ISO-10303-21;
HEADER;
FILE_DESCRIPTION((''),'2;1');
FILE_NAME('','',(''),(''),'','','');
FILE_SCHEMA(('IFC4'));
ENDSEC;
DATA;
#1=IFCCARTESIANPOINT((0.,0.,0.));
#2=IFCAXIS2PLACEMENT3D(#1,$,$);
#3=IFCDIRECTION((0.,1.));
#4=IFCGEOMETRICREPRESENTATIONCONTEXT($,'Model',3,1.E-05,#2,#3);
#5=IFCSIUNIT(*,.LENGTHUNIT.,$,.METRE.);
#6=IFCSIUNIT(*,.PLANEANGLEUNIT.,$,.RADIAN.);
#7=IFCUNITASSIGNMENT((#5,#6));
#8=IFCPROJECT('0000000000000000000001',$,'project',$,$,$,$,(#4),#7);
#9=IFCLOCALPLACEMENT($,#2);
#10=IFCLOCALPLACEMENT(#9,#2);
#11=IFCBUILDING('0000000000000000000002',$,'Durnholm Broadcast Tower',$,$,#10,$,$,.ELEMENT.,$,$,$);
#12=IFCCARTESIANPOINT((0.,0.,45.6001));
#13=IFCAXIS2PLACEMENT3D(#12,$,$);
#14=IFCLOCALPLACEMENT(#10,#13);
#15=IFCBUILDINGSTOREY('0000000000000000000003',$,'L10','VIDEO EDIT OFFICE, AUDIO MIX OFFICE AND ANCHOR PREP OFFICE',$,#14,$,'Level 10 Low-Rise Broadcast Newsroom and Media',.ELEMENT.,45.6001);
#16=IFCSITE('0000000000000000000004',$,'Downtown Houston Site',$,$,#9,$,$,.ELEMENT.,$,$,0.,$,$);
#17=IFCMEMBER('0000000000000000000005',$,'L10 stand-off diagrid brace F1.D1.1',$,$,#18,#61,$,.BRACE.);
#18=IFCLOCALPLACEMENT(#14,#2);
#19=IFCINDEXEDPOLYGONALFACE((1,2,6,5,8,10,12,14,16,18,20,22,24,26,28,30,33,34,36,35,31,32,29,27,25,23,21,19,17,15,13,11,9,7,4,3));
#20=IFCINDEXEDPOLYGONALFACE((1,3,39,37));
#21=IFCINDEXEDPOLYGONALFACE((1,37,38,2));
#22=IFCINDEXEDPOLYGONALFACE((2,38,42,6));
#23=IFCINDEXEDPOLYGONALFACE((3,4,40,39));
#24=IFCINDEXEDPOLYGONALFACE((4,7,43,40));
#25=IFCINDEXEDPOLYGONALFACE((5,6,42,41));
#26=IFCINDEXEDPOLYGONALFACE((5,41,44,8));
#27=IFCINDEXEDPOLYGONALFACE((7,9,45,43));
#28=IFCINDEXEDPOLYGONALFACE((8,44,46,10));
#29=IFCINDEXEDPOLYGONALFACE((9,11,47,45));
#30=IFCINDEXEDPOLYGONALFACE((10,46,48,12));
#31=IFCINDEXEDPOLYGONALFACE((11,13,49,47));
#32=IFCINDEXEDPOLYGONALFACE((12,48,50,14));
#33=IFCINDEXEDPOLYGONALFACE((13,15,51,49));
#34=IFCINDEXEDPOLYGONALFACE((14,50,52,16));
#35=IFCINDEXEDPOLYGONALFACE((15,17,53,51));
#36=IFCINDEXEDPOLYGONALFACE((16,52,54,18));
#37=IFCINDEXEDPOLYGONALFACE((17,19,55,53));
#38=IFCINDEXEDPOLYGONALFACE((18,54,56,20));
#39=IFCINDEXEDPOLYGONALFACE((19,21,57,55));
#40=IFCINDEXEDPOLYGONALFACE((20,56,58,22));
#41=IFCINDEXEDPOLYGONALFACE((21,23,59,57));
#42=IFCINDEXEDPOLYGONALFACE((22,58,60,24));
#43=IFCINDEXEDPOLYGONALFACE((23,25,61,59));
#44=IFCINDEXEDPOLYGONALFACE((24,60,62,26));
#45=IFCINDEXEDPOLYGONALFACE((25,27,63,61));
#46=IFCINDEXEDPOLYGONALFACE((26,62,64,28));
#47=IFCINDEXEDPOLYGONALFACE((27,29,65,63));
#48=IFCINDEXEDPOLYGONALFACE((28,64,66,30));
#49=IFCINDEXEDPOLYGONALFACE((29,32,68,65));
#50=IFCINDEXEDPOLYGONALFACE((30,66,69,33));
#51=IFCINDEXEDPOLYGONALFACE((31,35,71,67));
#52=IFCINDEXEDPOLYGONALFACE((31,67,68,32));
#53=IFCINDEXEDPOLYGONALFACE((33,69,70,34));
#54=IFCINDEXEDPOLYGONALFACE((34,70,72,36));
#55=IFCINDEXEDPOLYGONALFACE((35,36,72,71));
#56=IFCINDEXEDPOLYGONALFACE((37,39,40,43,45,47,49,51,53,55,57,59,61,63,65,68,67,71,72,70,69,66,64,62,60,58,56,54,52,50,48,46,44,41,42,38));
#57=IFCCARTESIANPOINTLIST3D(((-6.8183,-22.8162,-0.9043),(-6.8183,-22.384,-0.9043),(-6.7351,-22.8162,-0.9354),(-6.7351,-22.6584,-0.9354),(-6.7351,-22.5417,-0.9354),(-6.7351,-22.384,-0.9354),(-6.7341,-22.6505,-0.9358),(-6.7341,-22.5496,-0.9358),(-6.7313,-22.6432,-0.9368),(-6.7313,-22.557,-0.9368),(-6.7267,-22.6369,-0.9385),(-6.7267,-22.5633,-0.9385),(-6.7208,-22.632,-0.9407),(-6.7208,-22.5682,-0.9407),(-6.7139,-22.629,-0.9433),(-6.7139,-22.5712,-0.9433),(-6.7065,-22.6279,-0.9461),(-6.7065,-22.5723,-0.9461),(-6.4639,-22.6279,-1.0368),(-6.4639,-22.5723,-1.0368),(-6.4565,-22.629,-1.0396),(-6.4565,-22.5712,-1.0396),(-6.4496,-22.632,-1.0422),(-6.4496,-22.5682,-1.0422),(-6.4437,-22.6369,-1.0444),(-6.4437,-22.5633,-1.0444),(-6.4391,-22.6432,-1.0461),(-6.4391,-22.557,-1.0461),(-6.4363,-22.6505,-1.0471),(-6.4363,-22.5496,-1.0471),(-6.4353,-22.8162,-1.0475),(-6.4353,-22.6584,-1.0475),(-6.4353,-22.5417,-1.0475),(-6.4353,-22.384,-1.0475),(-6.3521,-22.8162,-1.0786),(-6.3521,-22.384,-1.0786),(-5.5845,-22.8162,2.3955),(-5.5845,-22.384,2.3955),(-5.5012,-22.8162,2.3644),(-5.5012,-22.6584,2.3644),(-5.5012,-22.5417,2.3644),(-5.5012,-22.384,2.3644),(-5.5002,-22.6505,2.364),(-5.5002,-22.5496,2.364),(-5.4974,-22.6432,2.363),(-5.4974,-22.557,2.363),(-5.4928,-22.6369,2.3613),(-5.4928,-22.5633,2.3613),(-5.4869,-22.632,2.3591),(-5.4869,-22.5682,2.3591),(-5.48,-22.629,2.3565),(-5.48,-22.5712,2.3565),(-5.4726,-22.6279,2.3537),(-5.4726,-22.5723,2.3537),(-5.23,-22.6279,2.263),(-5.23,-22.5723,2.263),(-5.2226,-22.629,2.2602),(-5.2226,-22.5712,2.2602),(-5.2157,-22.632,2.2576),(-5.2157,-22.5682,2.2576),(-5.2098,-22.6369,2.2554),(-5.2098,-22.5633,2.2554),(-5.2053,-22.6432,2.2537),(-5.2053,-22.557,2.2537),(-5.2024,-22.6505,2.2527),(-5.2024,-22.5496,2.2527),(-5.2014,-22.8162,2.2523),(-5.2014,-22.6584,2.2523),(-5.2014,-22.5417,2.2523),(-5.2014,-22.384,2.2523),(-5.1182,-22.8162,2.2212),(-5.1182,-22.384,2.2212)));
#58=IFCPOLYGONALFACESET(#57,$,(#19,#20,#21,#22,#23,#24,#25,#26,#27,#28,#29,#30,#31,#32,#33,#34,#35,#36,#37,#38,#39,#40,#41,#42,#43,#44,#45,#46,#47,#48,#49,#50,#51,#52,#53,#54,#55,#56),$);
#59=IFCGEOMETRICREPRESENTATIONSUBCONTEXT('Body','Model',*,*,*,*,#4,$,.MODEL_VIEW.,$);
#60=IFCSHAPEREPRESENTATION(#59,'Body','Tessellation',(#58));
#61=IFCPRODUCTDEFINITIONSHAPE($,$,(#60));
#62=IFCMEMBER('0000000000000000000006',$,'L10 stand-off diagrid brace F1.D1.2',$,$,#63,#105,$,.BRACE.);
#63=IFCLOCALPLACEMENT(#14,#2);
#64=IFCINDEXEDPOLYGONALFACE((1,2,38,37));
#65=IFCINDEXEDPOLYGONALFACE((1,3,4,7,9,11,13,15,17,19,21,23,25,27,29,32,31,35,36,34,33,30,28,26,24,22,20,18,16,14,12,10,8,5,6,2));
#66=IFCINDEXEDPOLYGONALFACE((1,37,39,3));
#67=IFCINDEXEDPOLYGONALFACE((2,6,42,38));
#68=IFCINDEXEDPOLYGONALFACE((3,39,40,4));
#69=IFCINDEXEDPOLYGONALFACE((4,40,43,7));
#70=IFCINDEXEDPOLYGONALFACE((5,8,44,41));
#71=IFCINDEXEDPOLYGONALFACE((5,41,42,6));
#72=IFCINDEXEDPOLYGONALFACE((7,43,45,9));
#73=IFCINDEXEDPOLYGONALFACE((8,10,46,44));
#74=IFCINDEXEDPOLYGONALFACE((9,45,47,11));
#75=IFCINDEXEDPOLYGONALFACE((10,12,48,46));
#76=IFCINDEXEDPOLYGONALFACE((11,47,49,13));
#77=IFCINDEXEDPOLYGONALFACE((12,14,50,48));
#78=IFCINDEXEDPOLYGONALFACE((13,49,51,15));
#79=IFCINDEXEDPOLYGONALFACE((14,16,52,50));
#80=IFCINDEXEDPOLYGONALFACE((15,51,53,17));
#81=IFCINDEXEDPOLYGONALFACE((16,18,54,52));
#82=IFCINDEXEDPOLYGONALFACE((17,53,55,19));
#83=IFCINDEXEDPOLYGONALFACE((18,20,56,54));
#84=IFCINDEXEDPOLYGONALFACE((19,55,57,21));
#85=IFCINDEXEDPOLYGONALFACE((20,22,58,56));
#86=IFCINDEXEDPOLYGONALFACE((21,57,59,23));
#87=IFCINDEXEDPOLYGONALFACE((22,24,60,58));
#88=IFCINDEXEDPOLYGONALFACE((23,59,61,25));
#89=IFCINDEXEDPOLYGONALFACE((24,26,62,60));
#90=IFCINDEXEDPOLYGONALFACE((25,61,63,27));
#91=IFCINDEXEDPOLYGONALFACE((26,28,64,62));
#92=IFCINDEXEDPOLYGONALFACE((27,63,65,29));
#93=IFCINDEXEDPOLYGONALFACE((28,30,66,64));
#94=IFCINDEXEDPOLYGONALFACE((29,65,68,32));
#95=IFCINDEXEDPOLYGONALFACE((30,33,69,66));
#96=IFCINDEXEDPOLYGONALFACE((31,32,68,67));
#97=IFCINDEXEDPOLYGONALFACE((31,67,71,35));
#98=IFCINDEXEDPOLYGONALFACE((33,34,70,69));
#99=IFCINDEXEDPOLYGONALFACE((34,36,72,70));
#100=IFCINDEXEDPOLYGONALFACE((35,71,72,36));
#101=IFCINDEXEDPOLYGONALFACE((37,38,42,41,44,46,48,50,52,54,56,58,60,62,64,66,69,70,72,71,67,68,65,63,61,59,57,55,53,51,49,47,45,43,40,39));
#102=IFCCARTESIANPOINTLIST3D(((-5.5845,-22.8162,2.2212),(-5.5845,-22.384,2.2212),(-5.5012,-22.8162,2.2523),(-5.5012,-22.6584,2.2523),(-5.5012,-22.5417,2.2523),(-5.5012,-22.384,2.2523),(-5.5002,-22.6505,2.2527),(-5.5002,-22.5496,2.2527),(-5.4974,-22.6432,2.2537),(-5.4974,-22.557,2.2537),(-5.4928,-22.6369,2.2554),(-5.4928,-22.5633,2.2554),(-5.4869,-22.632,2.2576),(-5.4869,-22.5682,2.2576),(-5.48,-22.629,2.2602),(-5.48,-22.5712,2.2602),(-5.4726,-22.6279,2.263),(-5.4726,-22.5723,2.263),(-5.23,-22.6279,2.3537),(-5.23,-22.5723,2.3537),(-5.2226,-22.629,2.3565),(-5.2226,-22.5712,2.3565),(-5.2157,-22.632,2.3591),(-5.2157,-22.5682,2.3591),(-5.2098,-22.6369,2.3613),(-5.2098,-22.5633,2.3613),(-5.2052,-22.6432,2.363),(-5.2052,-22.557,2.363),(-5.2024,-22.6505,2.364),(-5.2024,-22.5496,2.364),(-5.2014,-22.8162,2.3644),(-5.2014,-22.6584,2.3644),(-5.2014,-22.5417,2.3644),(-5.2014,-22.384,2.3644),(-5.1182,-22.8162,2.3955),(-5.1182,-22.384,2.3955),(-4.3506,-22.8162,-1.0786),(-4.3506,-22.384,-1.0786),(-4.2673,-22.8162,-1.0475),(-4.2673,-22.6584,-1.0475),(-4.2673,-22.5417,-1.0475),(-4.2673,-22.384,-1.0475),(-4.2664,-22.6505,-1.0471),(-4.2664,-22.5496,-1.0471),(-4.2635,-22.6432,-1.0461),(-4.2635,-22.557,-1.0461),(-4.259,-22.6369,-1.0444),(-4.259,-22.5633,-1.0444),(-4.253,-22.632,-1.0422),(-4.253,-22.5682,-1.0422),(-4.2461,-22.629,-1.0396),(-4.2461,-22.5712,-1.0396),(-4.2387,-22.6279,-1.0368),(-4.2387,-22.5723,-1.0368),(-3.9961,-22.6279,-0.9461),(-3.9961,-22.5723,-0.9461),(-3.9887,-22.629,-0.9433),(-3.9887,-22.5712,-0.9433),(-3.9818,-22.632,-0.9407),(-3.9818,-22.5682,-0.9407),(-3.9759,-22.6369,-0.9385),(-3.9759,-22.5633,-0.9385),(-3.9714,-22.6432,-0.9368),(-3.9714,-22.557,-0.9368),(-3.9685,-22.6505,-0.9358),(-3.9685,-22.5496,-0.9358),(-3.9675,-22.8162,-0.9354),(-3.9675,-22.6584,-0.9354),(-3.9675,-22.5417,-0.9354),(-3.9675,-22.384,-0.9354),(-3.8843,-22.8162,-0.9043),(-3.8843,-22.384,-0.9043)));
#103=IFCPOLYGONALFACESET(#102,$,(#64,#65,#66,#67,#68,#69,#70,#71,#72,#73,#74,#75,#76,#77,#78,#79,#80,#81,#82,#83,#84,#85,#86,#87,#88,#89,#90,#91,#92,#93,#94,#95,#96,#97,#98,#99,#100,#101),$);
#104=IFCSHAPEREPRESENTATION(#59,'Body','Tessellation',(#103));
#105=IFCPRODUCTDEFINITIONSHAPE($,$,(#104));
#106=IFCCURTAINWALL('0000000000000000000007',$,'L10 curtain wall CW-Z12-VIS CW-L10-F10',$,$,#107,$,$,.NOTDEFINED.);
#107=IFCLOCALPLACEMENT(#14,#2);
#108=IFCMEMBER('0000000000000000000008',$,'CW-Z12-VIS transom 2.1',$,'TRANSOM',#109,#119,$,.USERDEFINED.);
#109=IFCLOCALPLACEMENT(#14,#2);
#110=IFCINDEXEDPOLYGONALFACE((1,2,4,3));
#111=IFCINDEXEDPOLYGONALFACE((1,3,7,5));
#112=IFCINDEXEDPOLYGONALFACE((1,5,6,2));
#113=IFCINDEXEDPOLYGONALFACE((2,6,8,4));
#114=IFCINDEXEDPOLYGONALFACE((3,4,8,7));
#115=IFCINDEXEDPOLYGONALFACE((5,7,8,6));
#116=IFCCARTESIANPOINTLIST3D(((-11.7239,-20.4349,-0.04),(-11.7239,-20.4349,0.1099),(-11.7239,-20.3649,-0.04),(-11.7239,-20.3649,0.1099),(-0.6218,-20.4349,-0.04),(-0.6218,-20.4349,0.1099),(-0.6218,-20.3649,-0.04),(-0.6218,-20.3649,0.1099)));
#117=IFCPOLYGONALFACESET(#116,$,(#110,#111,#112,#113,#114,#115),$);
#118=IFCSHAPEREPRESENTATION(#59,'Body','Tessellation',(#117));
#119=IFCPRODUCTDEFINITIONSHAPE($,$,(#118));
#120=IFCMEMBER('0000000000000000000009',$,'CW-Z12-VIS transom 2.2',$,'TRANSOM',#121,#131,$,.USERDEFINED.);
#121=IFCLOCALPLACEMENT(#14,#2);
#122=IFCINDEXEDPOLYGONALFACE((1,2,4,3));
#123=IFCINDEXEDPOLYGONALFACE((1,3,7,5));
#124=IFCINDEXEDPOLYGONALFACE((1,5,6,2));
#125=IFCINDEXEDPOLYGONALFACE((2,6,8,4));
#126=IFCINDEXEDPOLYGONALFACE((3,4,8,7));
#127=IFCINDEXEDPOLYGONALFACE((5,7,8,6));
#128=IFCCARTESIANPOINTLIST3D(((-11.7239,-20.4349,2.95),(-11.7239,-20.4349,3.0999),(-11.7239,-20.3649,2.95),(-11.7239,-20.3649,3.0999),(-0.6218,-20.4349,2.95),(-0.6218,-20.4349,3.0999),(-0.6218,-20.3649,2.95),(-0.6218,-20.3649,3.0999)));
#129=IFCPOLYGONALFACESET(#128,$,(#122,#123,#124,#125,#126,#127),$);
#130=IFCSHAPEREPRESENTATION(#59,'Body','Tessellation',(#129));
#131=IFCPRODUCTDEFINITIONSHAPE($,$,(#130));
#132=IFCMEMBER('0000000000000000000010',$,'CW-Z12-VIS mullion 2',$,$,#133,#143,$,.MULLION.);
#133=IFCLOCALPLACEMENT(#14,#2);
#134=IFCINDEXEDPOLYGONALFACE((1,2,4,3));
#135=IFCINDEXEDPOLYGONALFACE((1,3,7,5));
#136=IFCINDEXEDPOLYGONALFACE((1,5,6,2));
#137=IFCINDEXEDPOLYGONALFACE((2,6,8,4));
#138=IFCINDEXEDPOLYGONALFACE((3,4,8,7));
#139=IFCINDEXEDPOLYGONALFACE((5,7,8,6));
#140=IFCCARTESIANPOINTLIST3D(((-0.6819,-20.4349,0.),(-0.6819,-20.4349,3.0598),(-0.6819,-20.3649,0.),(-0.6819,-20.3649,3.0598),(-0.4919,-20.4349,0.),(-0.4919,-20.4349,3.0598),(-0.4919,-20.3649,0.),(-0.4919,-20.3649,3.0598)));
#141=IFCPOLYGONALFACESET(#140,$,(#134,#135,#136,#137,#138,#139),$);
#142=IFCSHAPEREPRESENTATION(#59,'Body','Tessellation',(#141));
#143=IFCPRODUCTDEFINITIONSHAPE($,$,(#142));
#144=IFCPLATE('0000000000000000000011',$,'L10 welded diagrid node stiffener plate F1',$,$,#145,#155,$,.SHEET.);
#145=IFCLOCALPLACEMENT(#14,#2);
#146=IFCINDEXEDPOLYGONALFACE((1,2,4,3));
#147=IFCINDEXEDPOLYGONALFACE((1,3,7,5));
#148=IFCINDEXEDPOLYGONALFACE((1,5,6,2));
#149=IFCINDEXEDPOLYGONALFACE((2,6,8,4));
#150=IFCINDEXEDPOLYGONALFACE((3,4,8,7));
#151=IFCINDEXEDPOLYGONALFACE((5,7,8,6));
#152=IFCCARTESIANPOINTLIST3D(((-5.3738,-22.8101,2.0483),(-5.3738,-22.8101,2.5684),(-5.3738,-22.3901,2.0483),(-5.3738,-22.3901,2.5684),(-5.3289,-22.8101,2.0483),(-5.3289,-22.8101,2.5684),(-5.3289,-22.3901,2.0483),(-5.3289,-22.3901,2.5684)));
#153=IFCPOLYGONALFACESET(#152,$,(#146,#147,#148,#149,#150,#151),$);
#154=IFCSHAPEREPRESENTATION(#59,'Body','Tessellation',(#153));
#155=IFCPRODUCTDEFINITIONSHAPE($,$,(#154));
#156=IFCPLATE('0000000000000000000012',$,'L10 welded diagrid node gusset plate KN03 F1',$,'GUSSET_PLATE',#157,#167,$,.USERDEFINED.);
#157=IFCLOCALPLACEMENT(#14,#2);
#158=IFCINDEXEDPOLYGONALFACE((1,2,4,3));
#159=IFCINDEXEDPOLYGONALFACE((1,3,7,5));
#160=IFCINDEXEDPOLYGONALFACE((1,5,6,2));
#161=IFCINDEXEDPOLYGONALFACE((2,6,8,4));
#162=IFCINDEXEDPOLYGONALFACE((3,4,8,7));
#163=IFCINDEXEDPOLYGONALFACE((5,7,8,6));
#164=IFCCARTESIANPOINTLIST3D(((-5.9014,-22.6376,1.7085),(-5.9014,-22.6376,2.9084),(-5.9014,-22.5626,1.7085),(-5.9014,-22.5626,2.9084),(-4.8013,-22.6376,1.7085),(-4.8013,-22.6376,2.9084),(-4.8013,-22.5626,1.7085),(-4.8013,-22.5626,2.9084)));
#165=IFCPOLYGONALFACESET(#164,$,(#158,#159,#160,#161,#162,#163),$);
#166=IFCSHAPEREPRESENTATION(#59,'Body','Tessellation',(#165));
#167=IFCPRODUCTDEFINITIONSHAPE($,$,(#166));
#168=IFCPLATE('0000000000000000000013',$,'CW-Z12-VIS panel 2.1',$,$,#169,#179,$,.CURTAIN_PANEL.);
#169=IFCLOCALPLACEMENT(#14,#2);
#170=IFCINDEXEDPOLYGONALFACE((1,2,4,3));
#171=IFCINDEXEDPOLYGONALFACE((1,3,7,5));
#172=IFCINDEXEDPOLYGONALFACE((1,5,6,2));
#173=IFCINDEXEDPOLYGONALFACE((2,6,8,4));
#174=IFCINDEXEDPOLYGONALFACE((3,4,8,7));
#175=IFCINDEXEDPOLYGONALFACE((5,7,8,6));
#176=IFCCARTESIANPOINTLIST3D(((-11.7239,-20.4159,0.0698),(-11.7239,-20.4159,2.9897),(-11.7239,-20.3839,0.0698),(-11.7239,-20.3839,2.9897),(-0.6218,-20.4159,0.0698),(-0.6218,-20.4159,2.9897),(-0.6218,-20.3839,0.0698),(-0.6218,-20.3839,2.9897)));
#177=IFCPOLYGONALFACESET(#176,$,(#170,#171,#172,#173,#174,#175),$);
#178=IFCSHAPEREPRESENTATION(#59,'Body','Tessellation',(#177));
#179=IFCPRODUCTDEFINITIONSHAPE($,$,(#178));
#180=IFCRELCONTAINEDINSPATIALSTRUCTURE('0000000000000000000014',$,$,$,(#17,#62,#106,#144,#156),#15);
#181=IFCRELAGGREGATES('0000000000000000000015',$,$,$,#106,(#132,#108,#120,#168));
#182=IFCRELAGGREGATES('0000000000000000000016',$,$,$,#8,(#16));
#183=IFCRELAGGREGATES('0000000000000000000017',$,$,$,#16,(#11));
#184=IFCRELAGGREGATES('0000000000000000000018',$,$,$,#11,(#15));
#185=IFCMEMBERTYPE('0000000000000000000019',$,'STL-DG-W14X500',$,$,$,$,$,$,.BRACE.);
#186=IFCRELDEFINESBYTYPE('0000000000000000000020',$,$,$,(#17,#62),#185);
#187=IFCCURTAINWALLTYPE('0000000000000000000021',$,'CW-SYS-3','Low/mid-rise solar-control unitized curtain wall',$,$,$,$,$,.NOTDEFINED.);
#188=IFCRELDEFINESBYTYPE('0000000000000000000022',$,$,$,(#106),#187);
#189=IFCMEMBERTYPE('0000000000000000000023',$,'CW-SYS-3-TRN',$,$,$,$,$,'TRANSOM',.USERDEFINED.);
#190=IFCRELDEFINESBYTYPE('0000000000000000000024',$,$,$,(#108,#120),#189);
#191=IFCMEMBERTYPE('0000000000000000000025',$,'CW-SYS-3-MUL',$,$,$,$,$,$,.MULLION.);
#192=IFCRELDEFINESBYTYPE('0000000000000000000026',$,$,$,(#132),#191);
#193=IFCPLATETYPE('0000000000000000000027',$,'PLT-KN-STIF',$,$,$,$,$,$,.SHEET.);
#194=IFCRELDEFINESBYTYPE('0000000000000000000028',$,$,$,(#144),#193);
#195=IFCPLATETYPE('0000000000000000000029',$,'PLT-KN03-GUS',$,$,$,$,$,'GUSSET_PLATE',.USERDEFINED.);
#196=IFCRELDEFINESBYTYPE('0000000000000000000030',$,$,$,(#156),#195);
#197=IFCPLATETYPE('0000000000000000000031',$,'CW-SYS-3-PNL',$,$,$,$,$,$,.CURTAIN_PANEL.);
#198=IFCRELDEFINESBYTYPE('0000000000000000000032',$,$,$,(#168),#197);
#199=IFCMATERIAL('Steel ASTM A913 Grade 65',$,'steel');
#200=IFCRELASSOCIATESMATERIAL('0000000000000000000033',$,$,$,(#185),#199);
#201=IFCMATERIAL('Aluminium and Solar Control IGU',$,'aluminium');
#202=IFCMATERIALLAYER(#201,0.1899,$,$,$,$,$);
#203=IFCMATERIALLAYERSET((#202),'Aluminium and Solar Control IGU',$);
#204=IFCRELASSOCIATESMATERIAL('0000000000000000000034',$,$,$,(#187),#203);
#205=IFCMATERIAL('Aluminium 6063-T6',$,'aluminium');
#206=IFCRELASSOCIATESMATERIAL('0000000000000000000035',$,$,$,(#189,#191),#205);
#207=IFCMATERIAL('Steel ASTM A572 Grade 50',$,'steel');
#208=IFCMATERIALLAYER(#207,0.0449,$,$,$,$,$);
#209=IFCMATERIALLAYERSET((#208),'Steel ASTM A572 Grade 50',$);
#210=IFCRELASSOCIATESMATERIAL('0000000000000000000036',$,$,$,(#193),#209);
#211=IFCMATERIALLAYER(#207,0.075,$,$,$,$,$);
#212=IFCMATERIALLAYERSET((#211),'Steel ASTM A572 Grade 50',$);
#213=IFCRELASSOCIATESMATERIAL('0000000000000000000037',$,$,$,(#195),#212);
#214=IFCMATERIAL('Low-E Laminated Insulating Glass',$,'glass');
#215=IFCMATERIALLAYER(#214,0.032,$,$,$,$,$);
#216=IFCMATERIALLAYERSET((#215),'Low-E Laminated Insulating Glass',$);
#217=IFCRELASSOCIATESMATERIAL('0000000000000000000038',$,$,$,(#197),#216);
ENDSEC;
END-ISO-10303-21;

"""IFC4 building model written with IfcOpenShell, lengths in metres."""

from ifc_helpers import new_model, si_unit, direction, frame, origin, origin_2d, place, context, subcontext, project, spatial, rectangle, i_section, extrude, source, transform, mapped, material, layer, layer_set, material_profile, profile_set, type_object, type_shapes, element, aggregate, save


model = new_model("IFC4")

# Units and contexts
model_context = context("Model", 3, precision=1e-05, world=origin(), true_north=direction((0.0, 1.0)))
body_context = subcontext(model_context, "Body", "Model", "MODEL_VIEW")
ifc_project = project(units=[si_unit("LENGTHUNIT", "METRE"), si_unit("PLANEANGLEUNIT", "RADIAN")], contexts=[model_context])

# Site, building, storey
site_placement = place(None, origin())
site = spatial("IfcSite", under=ifc_project, at=site_placement, Name="Downtown Houston Site", CompositionType="ELEMENT", RefElevation=0.0)
building_placement = place(site_placement, origin())
building = spatial("IfcBuilding", under=site, at=building_placement, Name="Durnholm Broadcast Tower", CompositionType="ELEMENT")
storey_placement = place(building_placement, frame((0.0, 0.0, 45.6001)))
storey = spatial("IfcBuildingStorey", under=building, at=storey_placement, Name="L10", Description="VIDEO EDIT OFFICE, AUDIO MIX OFFICE AND ANCHOR PREP OFFICE", LongName="Level 10 Low-Rise Broadcast Newsroom and Media", CompositionType="ELEMENT", Elevation=45.6001)

# Members
ifc_material_1 = material(Name="Steel ASTM A913 Grade 65", Category="steel")
ifc_material_profile_1 = material_profile(ifc_material_1, i_section(OverallWidth=0.4321, OverallDepth=0.4978, WebThickness=0.0557, FlangeThickness=0.0889, FilletRadius=0.0305, at=origin_2d()), Name="W14X500")
ifc_profile_set_1 = profile_set([ifc_material_profile_1], Name="Steel ASTM A913 Grade 65")
member_type_1 = type_object("IfcMemberType", Name="STL-DG-W14X500", PredefinedType="BRACE", material=ifc_profile_set_1)
shared_shape_1 = source(origin(), body_context, "Body", "SweptSolid", [
    extrude(i_section(OverallWidth=0.4321, OverallDepth=0.4978, WebThickness=0.0557, FlangeThickness=0.0889, FilletRadius=0.0305, at=origin_2d()), origin(), (0.0, 0.0, 1.0), 3.5229),
])
type_shapes(member_type_1, [shared_shape_1])
for number, where, z_axis, x_axis, name in (
    (1, (-6.5852, -22.6001, -0.9915), (0.350242, 0.0, 0.936659), (0.0, 1.0, 0.0), "L10 stand-off diagrid brace F1.D1.1"),
    (2, (-4.1174, -22.6001, -0.9915), (-0.350242, 0.0, 0.936659), (0.0, -1.0, 0.0), "L10 stand-off diagrid brace F1.D1.2"),
):
    element("IfcMember", number, at=place(storey_placement, frame(where, z_axis=z_axis, x_axis=x_axis)), inside=storey, type_object=member_type_1, Name=name, PredefinedType="BRACE", context=body_context, shape_type="MappedRepresentation", body=[
        mapped(shared_shape_1, transform((0.0, 0.0, 0.0), x_axis=(1.0, 0.0, 0.0), y_axis=(0.0, 1.0, 0.0), z_axis=(0.0, 0.0, 1.0), scale=1.0)),
    ])

# Curtain wall, members
ifc_material_2 = material(Name="Aluminium and Solar Control IGU", Category="aluminium")
ifc_layer_1 = layer(ifc_material_2, 0.1899)
ifc_layer_set_1 = layer_set([ifc_layer_1], Name="Aluminium and Solar Control IGU")
curtain_wall_type = type_object("IfcCurtainWallType", Name="CW-SYS-3", Description="Low/mid-rise solar-control unitized curtain wall", PredefinedType="NOTDEFINED", material=ifc_layer_set_1)
curtain_wall_placement = place(storey_placement, origin())
curtain_wall = element("IfcCurtainWall", 3, at=curtain_wall_placement, inside=storey, type_object=curtain_wall_type, Name="L10 curtain wall CW-Z12-VIS CW-L10-F10", PredefinedType="NOTDEFINED")
ifc_material_3 = material(Name="Aluminium 6063-T6", Category="aluminium")
ifc_material_profile_2 = material_profile(ifc_material_3, rectangle(XDim=0.0701, YDim=0.1499, at=origin_2d()), Name="CWT70X150")
ifc_profile_set_2 = profile_set([ifc_material_profile_2], Name="Aluminium 6063-T6")
member_type_2 = type_object("IfcMemberType", Name="CW-SYS-3-TRN", ElementType="TRANSOM", PredefinedType="USERDEFINED", material=ifc_profile_set_2)
shared_shape_2 = source(origin(), body_context, "Body", "SweptSolid", [
    extrude(rectangle(XDim=0.0701, YDim=0.1499, at=origin_2d()), origin(), (0.0, 0.0, 1.0), 11.1021),
])
type_shapes(member_type_2, [shared_shape_2])
member_1_placement = place(storey_placement, frame((-0.6218, -20.3999, 0.0349), z_axis=(-1.0, 0.0, 0.0), x_axis=(0.0, -1.0, 0.0)))
member_1 = element("IfcMember", 4, at=member_1_placement, type_object=member_type_2, Name="CW-Z12-VIS transom 2.1", ObjectType="TRANSOM", PredefinedType="USERDEFINED", context=body_context, shape_type="MappedRepresentation", body=[
    mapped(shared_shape_2, transform((0.0, 0.0, 0.0), x_axis=(1.0, 0.0, 0.0), y_axis=(0.0, 1.0, 0.0), z_axis=(0.0, 0.0, 1.0), scale=1.0)),
])
member_2_placement = place(storey_placement, frame((-0.6218, -20.3999, 3.0249), z_axis=(-1.0, 0.0, 0.0), x_axis=(0.0, -1.0, 0.0)))
member_2 = element("IfcMember", 5, at=member_2_placement, type_object=member_type_2, Name="CW-Z12-VIS transom 2.2", ObjectType="TRANSOM", PredefinedType="USERDEFINED", context=body_context, shape_type="MappedRepresentation", body=[
    mapped(shared_shape_2, transform((0.0, 0.0, 0.0), x_axis=(1.0, 0.0, 0.0), y_axis=(0.0, 1.0, 0.0), z_axis=(0.0, 0.0, 1.0), scale=1.0)),
])
ifc_material_profile_3 = material_profile(ifc_material_3, rectangle(XDim=0.0701, YDim=0.1899, at=origin_2d()), Name="CWM70X190")
ifc_profile_set_3 = profile_set([ifc_material_profile_3], Name="Aluminium 6063-T6")
member_type_3 = type_object("IfcMemberType", Name="CW-SYS-3-MUL", PredefinedType="MULLION", material=ifc_profile_set_3)
shared_shape_3 = source(origin(), body_context, "Body", "SweptSolid", [
    extrude(rectangle(XDim=0.0701, YDim=0.1899, at=origin_2d()), origin(), (0.0, 0.0, 1.0), 3.0598),
])
type_shapes(member_type_3, [shared_shape_3])
member_3_placement = place(storey_placement, frame((-0.5869, -20.3999, 0.0), z_axis=(0.0, 0.0, 1.0), x_axis=(0.0, -1.0, 0.0)))
member_3 = element("IfcMember", 6, at=member_3_placement, type_object=member_type_3, Name="CW-Z12-VIS mullion 2", PredefinedType="MULLION", context=body_context, shape_type="MappedRepresentation", body=[
    mapped(shared_shape_3, transform((0.0, 0.0, 0.0), x_axis=(1.0, 0.0, 0.0), y_axis=(0.0, 1.0, 0.0), z_axis=(0.0, 0.0, 1.0), scale=1.0)),
])

# Plates
ifc_material_4 = material(Name="Steel ASTM A572 Grade 50", Category="steel")
ifc_layer_2 = layer(ifc_material_4, 0.0449)
ifc_layer_set_2 = layer_set([ifc_layer_2], Name="Steel ASTM A572 Grade 50")
plate_type_1 = type_object("IfcPlateType", Name="PLT-KN-STIF", PredefinedType="SHEET", material=ifc_layer_set_2)
shared_shape_4 = source(origin(), body_context, "Body", "SweptSolid", [
    extrude(rectangle(XDim=0.0449, YDim=0.4199, at=origin_2d()), origin(), (0.0, 0.0, 1.0), 0.52),
])
type_shapes(plate_type_1, [shared_shape_4])
plate_1_placement = place(storey_placement, frame((-5.3513, -22.6001, 2.0483), z_axis=(0.0, 0.0, 1.0), x_axis=(1.0, 0.0, 0.0)))
element("IfcPlate", 7, at=plate_1_placement, inside=storey, type_object=plate_type_1, Name="L10 welded diagrid node stiffener plate F1", PredefinedType="SHEET", context=body_context, shape_type="MappedRepresentation", body=[
    mapped(shared_shape_4, transform((0.0, 0.0, 0.0), x_axis=(1.0, 0.0, 0.0), y_axis=(0.0, 1.0, 0.0), z_axis=(0.0, 0.0, 1.0), scale=1.0)),
])
ifc_layer_3 = layer(ifc_material_4, 0.075)
ifc_layer_set_3 = layer_set([ifc_layer_3], Name="Steel ASTM A572 Grade 50")
plate_type_2 = type_object("IfcPlateType", Name="PLT-KN03-GUS", ElementType="GUSSET_PLATE", PredefinedType="USERDEFINED", material=ifc_layer_set_3)
shared_shape_5 = source(origin(), body_context, "Body", "SweptSolid", [
    extrude(rectangle(XDim=1.1001, YDim=0.075, at=origin_2d()), origin(), (0.0, 0.0, 1.0), 1.2),
])
type_shapes(plate_type_2, [shared_shape_5])
plate_2_placement = place(storey_placement, frame((-5.3513, -22.6001, 1.7085), z_axis=(0.0, 0.0, 1.0), x_axis=(1.0, 0.0, 0.0)))
element("IfcPlate", 8, at=plate_2_placement, inside=storey, type_object=plate_type_2, Name="L10 welded diagrid node gusset plate KN03 F1", ObjectType="GUSSET_PLATE", PredefinedType="USERDEFINED", context=body_context, shape_type="MappedRepresentation", body=[
    mapped(shared_shape_5, transform((0.0, 0.0, 0.0), x_axis=(1.0, 0.0, 0.0), y_axis=(0.0, 1.0, 0.0), z_axis=(0.0, 0.0, 1.0), scale=1.0)),
])

# Plate
ifc_material_5 = material(Name="Low-E Laminated Insulating Glass", Category="glass")
ifc_layer_4 = layer(ifc_material_5, 0.032)
ifc_layer_set_4 = layer_set([ifc_layer_4], Name="Low-E Laminated Insulating Glass")
plate_type_3 = type_object("IfcPlateType", Name="CW-SYS-3-PNL", PredefinedType="CURTAIN_PANEL", material=ifc_layer_set_4)
shared_shape_6 = source(origin(), body_context, "Body", "SweptSolid", [
    extrude(rectangle(XDim=11.1021, YDim=0.032, at=origin_2d()), origin(), (0.0, 0.0, 1.0), 2.9199),
])
type_shapes(plate_type_3, [shared_shape_6])
plate_3_placement = place(storey_placement, frame((-6.1729, -20.3999, 0.0698), z_axis=(0.0, 0.0, 1.0), x_axis=(-1.0, 0.0, 0.0)))
plate_3 = element("IfcPlate", 9, at=plate_3_placement, type_object=plate_type_3, Name="CW-Z12-VIS panel 2.1", PredefinedType="CURTAIN_PANEL", context=body_context, shape_type="MappedRepresentation", body=[
    mapped(shared_shape_6, transform((0.0, 0.0, 0.0), x_axis=(1.0, 0.0, 0.0), y_axis=(0.0, 1.0, 0.0), z_axis=(0.0, 0.0, 1.0), scale=1.0)),
])
aggregate(curtain_wall, [member_3, member_1, member_2, plate_3])

save(model, "model.ifc")
